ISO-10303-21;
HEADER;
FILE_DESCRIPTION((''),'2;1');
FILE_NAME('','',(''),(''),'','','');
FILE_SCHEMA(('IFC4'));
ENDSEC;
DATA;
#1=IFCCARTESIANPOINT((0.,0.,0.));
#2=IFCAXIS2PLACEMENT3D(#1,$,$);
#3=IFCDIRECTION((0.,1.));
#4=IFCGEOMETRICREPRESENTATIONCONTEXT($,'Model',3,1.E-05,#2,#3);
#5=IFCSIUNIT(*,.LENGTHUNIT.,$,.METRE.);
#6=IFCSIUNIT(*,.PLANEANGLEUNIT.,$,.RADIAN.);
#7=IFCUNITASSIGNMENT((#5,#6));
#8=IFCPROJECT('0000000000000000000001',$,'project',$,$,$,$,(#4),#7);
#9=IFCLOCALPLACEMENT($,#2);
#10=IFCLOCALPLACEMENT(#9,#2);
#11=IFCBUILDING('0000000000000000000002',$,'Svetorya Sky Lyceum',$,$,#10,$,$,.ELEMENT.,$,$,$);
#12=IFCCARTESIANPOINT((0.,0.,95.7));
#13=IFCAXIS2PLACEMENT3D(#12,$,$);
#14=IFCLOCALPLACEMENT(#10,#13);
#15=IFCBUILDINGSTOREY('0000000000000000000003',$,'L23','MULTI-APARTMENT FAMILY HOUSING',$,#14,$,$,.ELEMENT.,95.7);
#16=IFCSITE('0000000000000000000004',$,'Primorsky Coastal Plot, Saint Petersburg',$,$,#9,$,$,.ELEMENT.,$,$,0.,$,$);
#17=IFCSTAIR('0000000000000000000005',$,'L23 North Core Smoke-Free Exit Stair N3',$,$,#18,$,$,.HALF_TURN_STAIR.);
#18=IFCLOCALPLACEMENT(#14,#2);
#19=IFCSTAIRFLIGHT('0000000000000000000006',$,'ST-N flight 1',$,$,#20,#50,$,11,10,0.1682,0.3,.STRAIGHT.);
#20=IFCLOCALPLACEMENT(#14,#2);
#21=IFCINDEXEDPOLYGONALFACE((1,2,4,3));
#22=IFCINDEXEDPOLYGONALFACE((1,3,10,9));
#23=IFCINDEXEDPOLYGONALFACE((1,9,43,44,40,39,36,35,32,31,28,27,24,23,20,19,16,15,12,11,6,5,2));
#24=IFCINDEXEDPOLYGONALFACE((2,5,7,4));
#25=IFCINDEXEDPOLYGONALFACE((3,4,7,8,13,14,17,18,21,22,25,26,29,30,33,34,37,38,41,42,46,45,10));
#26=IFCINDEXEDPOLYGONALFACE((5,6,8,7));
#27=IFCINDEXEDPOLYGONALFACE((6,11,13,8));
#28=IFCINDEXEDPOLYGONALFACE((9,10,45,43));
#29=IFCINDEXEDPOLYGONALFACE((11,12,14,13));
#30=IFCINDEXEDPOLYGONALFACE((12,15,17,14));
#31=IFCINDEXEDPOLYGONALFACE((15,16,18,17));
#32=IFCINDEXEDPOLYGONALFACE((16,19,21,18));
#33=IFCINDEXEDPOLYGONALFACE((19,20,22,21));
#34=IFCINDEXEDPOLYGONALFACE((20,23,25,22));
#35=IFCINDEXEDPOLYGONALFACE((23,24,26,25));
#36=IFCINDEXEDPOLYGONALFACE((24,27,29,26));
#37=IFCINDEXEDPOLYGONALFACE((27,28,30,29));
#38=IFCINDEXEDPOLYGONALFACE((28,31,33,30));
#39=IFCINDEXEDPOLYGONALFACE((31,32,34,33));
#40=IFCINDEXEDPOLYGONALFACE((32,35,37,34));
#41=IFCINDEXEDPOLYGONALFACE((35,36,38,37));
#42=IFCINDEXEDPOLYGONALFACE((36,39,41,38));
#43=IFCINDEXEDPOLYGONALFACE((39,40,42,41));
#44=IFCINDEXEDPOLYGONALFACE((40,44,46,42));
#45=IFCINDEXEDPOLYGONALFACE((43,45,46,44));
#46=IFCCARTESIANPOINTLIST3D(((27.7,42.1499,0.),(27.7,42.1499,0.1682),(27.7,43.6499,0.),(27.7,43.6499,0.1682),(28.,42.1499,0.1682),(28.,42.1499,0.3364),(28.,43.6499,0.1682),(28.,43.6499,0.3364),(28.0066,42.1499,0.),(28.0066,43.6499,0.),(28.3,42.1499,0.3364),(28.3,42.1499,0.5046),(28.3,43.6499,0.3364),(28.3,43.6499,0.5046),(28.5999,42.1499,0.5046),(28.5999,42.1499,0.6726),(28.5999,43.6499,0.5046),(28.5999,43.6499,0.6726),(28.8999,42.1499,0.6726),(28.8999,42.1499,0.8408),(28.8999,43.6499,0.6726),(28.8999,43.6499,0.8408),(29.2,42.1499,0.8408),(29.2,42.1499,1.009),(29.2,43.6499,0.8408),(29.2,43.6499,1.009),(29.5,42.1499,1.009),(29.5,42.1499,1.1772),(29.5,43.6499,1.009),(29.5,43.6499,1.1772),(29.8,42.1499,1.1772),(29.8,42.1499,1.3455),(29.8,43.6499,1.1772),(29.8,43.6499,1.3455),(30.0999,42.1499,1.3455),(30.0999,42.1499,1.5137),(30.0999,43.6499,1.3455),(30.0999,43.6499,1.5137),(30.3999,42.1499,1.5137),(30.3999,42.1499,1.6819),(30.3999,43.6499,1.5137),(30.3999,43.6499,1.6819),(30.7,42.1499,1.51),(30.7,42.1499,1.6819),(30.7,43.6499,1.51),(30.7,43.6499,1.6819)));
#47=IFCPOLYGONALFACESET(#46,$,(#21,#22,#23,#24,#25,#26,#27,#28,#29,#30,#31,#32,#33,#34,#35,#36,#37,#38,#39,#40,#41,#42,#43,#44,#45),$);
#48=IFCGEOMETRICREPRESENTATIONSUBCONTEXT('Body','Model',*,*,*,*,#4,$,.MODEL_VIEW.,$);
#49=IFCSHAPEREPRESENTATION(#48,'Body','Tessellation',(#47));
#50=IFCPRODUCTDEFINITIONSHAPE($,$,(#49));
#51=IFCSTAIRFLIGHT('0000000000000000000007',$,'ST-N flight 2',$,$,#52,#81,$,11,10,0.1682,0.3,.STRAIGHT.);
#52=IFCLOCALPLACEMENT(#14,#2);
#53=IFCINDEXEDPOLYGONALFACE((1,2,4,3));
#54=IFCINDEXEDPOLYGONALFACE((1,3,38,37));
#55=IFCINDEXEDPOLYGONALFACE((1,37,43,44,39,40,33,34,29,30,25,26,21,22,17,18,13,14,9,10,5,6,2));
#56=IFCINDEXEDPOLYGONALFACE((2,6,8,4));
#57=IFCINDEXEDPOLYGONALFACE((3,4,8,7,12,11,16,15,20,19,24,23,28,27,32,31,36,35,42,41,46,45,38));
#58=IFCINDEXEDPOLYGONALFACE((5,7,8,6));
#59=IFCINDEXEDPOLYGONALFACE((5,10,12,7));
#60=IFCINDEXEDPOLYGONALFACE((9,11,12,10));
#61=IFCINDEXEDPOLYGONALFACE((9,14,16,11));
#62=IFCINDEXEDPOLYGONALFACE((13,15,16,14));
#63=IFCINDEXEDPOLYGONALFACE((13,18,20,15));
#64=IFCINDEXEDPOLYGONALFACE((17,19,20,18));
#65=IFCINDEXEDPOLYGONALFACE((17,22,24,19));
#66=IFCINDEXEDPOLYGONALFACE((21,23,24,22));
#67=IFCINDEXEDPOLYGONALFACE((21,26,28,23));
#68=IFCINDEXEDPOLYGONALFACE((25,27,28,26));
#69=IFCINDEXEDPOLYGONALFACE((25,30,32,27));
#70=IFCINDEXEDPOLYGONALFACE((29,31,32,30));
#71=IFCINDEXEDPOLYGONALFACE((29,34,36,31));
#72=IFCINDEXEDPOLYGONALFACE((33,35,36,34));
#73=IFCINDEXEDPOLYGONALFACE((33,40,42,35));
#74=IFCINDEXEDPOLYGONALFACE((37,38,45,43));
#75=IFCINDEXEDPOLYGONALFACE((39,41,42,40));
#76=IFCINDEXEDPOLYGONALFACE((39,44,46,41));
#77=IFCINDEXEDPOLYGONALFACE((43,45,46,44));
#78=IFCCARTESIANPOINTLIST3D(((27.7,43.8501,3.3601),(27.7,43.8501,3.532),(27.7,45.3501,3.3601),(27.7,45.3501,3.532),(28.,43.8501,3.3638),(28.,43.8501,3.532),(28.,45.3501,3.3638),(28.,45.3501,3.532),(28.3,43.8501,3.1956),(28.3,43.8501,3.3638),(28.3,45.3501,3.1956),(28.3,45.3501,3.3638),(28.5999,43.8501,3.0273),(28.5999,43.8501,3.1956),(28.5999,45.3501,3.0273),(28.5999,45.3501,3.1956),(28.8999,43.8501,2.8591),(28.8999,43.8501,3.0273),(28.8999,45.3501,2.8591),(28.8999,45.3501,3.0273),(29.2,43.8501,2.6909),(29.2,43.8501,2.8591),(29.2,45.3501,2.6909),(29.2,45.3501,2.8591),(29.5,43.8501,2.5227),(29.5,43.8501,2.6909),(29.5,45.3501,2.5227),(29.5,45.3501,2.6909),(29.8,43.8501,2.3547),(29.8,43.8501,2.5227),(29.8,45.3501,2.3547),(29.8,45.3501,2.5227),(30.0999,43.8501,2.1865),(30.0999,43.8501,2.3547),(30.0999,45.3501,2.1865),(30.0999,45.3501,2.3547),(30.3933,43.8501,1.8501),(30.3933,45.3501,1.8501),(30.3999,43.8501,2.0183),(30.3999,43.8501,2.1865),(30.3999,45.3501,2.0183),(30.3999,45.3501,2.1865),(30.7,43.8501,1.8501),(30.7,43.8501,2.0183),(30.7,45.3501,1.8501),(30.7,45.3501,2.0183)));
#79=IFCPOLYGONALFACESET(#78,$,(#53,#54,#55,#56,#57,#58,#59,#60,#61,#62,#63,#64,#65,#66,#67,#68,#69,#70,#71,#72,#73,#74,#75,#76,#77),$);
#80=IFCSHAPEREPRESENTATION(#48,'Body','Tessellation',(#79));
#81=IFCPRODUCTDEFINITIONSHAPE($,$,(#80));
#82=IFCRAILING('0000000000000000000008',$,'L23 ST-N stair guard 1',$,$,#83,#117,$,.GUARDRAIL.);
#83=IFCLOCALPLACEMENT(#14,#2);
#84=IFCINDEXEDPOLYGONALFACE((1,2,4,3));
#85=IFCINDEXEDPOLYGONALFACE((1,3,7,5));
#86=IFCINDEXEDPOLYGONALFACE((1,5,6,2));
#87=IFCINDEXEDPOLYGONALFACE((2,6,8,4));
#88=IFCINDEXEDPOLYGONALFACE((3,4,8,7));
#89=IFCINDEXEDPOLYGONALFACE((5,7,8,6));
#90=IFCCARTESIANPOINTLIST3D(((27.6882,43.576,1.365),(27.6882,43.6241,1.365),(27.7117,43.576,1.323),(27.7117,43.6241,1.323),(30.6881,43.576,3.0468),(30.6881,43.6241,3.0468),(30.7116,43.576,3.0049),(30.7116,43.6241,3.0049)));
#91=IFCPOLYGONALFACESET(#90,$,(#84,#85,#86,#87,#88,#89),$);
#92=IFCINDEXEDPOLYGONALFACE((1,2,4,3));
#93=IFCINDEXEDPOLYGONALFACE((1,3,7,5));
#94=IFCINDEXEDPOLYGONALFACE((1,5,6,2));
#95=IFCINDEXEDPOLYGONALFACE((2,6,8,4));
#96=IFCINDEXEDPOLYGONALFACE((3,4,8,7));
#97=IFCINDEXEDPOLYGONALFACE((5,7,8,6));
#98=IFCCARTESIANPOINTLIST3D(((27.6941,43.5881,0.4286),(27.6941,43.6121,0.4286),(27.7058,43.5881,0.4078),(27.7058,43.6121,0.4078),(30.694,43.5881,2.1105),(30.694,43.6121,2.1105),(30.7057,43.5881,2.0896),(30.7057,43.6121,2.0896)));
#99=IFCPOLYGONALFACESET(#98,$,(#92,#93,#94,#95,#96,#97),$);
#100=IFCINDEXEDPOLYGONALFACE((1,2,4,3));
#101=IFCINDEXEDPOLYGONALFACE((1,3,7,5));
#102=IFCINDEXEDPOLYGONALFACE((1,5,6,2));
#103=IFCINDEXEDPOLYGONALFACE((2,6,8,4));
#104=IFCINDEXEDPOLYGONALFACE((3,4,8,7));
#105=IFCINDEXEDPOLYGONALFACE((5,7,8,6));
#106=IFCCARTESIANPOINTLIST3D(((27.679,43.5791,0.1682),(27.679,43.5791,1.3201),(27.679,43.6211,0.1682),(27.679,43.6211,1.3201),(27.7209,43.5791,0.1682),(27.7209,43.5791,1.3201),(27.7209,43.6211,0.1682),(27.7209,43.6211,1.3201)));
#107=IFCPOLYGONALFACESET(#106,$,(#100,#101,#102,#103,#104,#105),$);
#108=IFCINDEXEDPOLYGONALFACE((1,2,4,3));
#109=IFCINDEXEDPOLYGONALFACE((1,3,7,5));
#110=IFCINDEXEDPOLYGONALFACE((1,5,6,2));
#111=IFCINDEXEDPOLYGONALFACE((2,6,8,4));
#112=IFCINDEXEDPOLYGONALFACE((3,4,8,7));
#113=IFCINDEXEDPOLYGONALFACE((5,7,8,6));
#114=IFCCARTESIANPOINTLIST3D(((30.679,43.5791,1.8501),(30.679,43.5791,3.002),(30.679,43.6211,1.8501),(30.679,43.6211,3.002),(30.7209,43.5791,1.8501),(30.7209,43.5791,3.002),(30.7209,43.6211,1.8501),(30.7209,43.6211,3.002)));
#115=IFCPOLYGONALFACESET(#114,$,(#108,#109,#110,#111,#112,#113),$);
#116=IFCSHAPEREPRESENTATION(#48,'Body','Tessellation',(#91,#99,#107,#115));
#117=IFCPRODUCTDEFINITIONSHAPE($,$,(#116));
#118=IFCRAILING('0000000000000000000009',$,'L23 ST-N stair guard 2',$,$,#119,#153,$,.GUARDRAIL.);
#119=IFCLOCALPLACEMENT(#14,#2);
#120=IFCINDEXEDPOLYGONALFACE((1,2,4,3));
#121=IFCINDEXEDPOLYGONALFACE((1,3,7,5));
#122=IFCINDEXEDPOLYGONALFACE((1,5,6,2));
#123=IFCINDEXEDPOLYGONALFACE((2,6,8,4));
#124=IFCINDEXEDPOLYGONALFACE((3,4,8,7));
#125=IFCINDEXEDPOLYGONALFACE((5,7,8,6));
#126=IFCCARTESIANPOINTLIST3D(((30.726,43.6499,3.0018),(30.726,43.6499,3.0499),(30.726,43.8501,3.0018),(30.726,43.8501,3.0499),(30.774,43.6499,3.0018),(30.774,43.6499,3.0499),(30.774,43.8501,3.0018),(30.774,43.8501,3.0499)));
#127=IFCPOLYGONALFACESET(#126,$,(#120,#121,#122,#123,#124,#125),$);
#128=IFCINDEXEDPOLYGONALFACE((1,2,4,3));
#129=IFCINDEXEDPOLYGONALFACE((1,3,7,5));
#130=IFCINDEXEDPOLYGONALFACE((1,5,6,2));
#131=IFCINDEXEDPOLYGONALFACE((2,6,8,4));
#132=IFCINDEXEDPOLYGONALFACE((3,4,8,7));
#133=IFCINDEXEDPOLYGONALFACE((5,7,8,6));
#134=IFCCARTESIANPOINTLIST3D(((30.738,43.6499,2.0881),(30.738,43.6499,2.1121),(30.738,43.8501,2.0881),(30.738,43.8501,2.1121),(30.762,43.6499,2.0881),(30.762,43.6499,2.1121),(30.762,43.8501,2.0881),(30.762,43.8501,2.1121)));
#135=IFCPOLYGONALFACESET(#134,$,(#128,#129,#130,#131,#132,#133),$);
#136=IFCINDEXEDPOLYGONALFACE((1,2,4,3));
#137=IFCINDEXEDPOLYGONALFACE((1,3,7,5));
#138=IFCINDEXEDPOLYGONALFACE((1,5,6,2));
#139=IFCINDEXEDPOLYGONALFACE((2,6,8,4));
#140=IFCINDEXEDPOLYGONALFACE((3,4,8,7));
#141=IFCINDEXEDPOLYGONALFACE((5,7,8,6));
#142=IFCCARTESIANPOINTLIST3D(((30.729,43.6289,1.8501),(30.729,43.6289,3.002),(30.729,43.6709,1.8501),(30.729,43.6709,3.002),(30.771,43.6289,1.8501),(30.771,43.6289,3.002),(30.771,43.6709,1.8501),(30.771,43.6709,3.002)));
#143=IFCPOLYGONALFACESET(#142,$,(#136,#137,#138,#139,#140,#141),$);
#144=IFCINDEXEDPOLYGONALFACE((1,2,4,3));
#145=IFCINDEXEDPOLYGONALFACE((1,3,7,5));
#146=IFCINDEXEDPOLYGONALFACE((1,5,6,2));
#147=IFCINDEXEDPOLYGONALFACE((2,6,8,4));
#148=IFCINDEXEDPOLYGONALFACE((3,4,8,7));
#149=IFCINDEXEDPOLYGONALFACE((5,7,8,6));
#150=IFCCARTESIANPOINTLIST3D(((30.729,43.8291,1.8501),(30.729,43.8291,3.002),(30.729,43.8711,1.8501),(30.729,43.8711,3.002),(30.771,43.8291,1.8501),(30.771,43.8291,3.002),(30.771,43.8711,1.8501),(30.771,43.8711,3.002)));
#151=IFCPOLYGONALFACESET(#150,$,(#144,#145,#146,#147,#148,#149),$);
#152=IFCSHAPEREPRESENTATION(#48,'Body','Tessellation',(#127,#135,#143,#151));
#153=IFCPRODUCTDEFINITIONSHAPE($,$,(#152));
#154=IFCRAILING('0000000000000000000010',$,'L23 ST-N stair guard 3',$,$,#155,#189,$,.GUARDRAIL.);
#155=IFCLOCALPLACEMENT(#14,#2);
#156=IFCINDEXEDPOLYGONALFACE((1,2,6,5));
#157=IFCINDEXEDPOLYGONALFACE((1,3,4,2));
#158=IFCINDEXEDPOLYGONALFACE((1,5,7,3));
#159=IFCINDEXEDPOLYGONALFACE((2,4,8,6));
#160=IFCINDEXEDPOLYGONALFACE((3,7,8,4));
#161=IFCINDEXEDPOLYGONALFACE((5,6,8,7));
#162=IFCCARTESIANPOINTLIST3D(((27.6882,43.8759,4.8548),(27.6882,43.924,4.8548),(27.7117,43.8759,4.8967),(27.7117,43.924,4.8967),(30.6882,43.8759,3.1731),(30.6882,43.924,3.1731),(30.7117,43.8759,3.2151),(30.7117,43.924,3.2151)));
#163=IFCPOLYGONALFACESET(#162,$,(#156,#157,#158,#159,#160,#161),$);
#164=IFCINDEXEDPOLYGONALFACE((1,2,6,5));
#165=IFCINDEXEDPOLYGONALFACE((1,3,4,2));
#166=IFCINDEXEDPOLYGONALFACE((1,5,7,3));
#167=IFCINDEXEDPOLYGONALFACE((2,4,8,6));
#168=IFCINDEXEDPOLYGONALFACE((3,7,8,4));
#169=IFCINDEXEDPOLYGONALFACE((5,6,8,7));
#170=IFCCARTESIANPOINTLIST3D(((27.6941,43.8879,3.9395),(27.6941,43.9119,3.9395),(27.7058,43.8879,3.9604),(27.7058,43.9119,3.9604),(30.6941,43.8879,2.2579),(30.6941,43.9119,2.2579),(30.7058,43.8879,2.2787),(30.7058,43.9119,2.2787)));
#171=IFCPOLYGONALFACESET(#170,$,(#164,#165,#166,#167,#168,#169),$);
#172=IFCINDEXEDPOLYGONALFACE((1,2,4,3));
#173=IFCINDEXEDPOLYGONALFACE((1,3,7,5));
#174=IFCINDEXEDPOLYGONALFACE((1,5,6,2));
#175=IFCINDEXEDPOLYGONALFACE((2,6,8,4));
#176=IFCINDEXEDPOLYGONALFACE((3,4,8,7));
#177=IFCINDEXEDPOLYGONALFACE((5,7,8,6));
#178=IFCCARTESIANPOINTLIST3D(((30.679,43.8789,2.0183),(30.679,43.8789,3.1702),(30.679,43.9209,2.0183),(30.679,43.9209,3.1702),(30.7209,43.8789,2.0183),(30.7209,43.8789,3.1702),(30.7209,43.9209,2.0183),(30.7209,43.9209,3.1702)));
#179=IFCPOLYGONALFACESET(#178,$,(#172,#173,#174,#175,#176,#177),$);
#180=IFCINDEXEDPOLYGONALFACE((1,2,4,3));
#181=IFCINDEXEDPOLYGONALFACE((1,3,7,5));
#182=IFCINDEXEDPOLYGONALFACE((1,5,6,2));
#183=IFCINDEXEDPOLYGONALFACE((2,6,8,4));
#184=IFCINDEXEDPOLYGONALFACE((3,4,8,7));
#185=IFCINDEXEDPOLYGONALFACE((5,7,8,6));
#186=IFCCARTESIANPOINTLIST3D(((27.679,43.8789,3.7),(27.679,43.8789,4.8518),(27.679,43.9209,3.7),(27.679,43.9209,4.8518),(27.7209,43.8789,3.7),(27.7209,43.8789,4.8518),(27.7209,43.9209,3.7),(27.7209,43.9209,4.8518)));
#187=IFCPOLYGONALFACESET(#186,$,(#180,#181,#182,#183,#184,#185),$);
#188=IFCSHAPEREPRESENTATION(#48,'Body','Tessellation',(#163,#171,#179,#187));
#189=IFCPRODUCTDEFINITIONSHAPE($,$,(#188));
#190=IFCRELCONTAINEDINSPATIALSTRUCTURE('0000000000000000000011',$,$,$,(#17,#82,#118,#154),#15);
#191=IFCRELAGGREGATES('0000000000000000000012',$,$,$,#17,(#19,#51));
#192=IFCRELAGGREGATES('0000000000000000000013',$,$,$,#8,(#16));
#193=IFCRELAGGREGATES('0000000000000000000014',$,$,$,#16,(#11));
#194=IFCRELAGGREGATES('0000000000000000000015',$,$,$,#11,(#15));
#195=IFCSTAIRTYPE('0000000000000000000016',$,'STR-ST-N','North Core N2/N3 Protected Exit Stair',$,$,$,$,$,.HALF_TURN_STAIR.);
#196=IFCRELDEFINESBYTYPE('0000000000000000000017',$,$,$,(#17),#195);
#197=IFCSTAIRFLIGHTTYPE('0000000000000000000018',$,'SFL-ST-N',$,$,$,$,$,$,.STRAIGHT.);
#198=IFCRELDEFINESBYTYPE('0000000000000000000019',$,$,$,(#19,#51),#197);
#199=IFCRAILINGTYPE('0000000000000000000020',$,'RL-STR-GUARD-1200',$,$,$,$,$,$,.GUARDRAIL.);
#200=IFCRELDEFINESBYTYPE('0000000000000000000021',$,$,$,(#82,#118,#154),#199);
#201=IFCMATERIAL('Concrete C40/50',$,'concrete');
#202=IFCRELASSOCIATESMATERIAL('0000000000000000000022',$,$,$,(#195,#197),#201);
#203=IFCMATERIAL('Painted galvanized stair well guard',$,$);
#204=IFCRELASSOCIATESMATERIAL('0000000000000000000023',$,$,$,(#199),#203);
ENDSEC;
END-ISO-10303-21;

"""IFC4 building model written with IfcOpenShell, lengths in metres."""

from ifc_helpers import new_model, si_unit, direction, frame, origin, origin_2d, place, context, subcontext, project, spatial, polyline, rectangle, outline, extrude, material, type_object, element, aggregate, save


model = new_model("IFC4")

# Units and contexts
model_context = context("Model", 3, precision=1e-05, world=origin(), true_north=direction((0.0, 1.0)))
body_context = subcontext(model_context, "Body", "Model", "MODEL_VIEW")
ifc_project = project(units=[si_unit("LENGTHUNIT", "METRE"), si_unit("PLANEANGLEUNIT", "RADIAN")], contexts=[model_context])

# Site, building, storey
site_placement = place(None, origin())
site = spatial("IfcSite", under=ifc_project, at=site_placement, Name="Primorsky Coastal Plot, Saint Petersburg", CompositionType="ELEMENT", RefElevation=0.0)
building_placement = place(site_placement, origin())
building = spatial("IfcBuilding", under=site, at=building_placement, Name="Svetorya Sky Lyceum", CompositionType="ELEMENT")
storey_placement = place(building_placement, frame((0.0, 0.0, 95.7)))
storey = spatial("IfcBuildingStorey", under=building, at=storey_placement, Name="L23", Description="MULTI-APARTMENT FAMILY HOUSING", CompositionType="ELEMENT", Elevation=95.7)

# Shared definitions
ifc_material_1 = material(Name="Concrete C40/50", Category="concrete")

# Stair, stair flights
stair_type = type_object("IfcStairType", Name="STR-ST-N", Description="North Core N2/N3 Protected Exit Stair", PredefinedType="HALF_TURN_STAIR", material=ifc_material_1)
stair_placement = place(storey_placement, origin())
stair = element("IfcStair", 1, at=stair_placement, inside=storey, type_object=stair_type, Name="L23 North Core Smoke-Free Exit Stair N3", PredefinedType="HALF_TURN_STAIR")
stair_flight_type = type_object("IfcStairFlightType", Name="SFL-ST-N", PredefinedType="STRAIGHT", material=ifc_material_1)
stair_flight_1_placement = place(storey_placement, frame((27.7, 42.8999, 0.0), z_axis=(0.0, 0.0, 1.0), x_axis=(1.0, 0.0, 0.0)))
stair_flight_1 = element("IfcStairFlight", 2, at=stair_flight_1_placement, type_object=stair_flight_type, Name="ST-N flight 1", NumberOfRisers=11, NumberOfTreads=10, PredefinedType="STRAIGHT", RiserHeight=0.1682, TreadLength=0.3, context=body_context, shape_type="SweptSolid", body=[
    extrude(outline(polyline([(0.0, 0.0), (0.0, 0.1682), (0.3, 0.1682), (0.3, 0.3364), (0.6001, 0.3364), (0.6001, 0.5046), (0.8999, 0.5046), (0.8999, 0.6726), (1.2, 0.6726), (1.2, 0.8408), (1.5, 0.8408), (1.5, 1.009), (1.8, 1.009), (1.8, 1.1772), (2.1001, 1.1772), (2.1001, 1.3455), (2.3999, 1.3455), (2.3999, 1.5137), (2.7, 1.5137), (2.7, 1.6819), (3.0, 1.6819), (3.0, 1.8501), (3.0, 1.51), (0.3066, 0.0), (0.0, 0.0)])), frame((0.0, 0.75, 0.0), z_axis=(0.0, -1.0, 0.0), x_axis=(1.0, 0.0, 0.0)), (0.0, 0.0, 1.0), 1.5),
])
stair_flight_2_placement = place(storey_placement, frame((30.7, 44.6001, 1.8501), z_axis=(0.0, 0.0, 1.0), x_axis=(-1.0, 0.0, 0.0)))
stair_flight_2 = element("IfcStairFlight", 3, at=stair_flight_2_placement, type_object=stair_flight_type, Name="ST-N flight 2", NumberOfRisers=11, NumberOfTreads=10, PredefinedType="STRAIGHT", RiserHeight=0.1682, TreadLength=0.3, context=body_context, shape_type="SweptSolid", body=[
    extrude(outline(polyline([(0.0, 0.0), (0.0, 0.1682), (0.3, 0.1682), (0.3, 0.3364), (0.6001, 0.3364), (0.6001, 0.5046), (0.8999, 0.5046), (0.8999, 0.6726), (1.2, 0.6726), (1.2, 0.8408), (1.5, 0.8408), (1.5, 1.009), (1.8, 1.009), (1.8, 1.1772), (2.1001, 1.1772), (2.1001, 1.3455), (2.3999, 1.3455), (2.3999, 1.5137), (2.7, 1.5137), (2.7, 1.6819), (3.0, 1.6819), (3.0, 1.8501), (3.0, 1.51), (0.3066, 0.0), (0.0, 0.0)])), frame((0.0, 0.75, 0.0), z_axis=(0.0, -1.0, 0.0), x_axis=(1.0, 0.0, 0.0)), (0.0, 0.0, 1.0), 1.5),
])
aggregate(stair, [stair_flight_1, stair_flight_2])

# Railings
ifc_material_2 = material(Name="Painted galvanized stair well guard")
railing_type_1 = type_object("IfcRailingType", Name="RL-STR-GUARD-1200", PredefinedType="GUARDRAIL", material=ifc_material_2)
railing_1_placement = place(storey_placement, frame((27.7, 43.6001, 0.1682)))
element("IfcRailing", 4, at=railing_1_placement, inside=storey, type_object=railing_type_1, Name="L23 ST-N stair guard 1", PredefinedType="GUARDRAIL", context=body_context, shape_type="SweptSolid", body=[
    extrude(rectangle(XDim=0.0481, YDim=0.0481, at=origin_2d()), frame((0.0, 0.0, 1.1758), z_axis=(0.872272, 0.0, 0.48902), x_axis=(0.0, 1.0, 0.0)), (0.0, 0.0, 1.0), 3.4392),
    extrude(rectangle(XDim=0.0239, YDim=0.0239, at=origin_2d()), frame((0.0, 0.0, 0.25), z_axis=(0.872272, 0.0, 0.48902), x_axis=(0.0, 1.0, 0.0)), (0.0, 0.0, 1.0), 3.4392),
    extrude(rectangle(XDim=0.042, YDim=0.042, at=origin_2d()), origin(), (0.0, 0.0, 1.0), 1.1519),
    extrude(rectangle(XDim=0.042, YDim=0.042, at=origin_2d()), frame((3.0, 0.0, 1.6819)), (0.0, 0.0, 1.0), 1.1519),
])
railing_2_placement = place(storey_placement, frame((30.75, 43.6499, 1.8501)))
element("IfcRailing", 5, at=railing_2_placement, inside=storey, type_object=railing_type_1, Name="L23 ST-N stair guard 2", PredefinedType="GUARDRAIL", context=body_context, shape_type="SweptSolid", body=[
    extrude(rectangle(XDim=0.0481, YDim=0.0481, at=origin_2d()), frame((0.0, 0.0, 1.1758), z_axis=(0.0, 1.0, 0.0), x_axis=(-1.0, 0.0, 0.0)), (0.0, 0.0, 1.0), 0.2002),
    extrude(rectangle(XDim=0.0239, YDim=0.0239, at=origin_2d()), frame((0.0, 0.0, 0.25), z_axis=(0.0, 1.0, 0.0), x_axis=(-1.0, 0.0, 0.0)), (0.0, 0.0, 1.0), 0.2002),
    extrude(rectangle(XDim=0.042, YDim=0.042, at=origin_2d()), origin(), (0.0, 0.0, 1.0), 1.1519),
    extrude(rectangle(XDim=0.042, YDim=0.042, at=origin_2d()), frame((0.0, 0.2002, 0.0)), (0.0, 0.0, 1.0), 1.1519),
])
railing_3_placement = place(storey_placement, frame((30.7, 43.8999, 2.0183)))
element("IfcRailing", 6, at=railing_3_placement, inside=storey, type_object=railing_type_1, Name="L23 ST-N stair guard 3", PredefinedType="GUARDRAIL", context=body_context, shape_type="SweptSolid", body=[
    extrude(rectangle(XDim=0.0481, YDim=0.0481, at=origin_2d()), frame((0.0, 0.0, 1.1758), z_axis=(-0.872303, 0.0, 0.488966), x_axis=(0.0, -1.0, 0.0)), (0.0, 0.0, 1.0), 3.4392),
    extrude(rectangle(XDim=0.0239, YDim=0.0239, at=origin_2d()), frame((0.0, 0.0, 0.25), z_axis=(-0.872303, 0.0, 0.488966), x_axis=(0.0, -1.0, 0.0)), (0.0, 0.0, 1.0), 3.4392),
    extrude(rectangle(XDim=0.042, YDim=0.042, at=origin_2d()), origin(), (0.0, 0.0, 1.0), 1.1519),
    extrude(rectangle(XDim=0.042, YDim=0.042, at=origin_2d()), frame((-3.0, 0.0, 1.6816)), (0.0, 0.0, 1.0), 1.1519),
])

save(model, "model.ifc")
